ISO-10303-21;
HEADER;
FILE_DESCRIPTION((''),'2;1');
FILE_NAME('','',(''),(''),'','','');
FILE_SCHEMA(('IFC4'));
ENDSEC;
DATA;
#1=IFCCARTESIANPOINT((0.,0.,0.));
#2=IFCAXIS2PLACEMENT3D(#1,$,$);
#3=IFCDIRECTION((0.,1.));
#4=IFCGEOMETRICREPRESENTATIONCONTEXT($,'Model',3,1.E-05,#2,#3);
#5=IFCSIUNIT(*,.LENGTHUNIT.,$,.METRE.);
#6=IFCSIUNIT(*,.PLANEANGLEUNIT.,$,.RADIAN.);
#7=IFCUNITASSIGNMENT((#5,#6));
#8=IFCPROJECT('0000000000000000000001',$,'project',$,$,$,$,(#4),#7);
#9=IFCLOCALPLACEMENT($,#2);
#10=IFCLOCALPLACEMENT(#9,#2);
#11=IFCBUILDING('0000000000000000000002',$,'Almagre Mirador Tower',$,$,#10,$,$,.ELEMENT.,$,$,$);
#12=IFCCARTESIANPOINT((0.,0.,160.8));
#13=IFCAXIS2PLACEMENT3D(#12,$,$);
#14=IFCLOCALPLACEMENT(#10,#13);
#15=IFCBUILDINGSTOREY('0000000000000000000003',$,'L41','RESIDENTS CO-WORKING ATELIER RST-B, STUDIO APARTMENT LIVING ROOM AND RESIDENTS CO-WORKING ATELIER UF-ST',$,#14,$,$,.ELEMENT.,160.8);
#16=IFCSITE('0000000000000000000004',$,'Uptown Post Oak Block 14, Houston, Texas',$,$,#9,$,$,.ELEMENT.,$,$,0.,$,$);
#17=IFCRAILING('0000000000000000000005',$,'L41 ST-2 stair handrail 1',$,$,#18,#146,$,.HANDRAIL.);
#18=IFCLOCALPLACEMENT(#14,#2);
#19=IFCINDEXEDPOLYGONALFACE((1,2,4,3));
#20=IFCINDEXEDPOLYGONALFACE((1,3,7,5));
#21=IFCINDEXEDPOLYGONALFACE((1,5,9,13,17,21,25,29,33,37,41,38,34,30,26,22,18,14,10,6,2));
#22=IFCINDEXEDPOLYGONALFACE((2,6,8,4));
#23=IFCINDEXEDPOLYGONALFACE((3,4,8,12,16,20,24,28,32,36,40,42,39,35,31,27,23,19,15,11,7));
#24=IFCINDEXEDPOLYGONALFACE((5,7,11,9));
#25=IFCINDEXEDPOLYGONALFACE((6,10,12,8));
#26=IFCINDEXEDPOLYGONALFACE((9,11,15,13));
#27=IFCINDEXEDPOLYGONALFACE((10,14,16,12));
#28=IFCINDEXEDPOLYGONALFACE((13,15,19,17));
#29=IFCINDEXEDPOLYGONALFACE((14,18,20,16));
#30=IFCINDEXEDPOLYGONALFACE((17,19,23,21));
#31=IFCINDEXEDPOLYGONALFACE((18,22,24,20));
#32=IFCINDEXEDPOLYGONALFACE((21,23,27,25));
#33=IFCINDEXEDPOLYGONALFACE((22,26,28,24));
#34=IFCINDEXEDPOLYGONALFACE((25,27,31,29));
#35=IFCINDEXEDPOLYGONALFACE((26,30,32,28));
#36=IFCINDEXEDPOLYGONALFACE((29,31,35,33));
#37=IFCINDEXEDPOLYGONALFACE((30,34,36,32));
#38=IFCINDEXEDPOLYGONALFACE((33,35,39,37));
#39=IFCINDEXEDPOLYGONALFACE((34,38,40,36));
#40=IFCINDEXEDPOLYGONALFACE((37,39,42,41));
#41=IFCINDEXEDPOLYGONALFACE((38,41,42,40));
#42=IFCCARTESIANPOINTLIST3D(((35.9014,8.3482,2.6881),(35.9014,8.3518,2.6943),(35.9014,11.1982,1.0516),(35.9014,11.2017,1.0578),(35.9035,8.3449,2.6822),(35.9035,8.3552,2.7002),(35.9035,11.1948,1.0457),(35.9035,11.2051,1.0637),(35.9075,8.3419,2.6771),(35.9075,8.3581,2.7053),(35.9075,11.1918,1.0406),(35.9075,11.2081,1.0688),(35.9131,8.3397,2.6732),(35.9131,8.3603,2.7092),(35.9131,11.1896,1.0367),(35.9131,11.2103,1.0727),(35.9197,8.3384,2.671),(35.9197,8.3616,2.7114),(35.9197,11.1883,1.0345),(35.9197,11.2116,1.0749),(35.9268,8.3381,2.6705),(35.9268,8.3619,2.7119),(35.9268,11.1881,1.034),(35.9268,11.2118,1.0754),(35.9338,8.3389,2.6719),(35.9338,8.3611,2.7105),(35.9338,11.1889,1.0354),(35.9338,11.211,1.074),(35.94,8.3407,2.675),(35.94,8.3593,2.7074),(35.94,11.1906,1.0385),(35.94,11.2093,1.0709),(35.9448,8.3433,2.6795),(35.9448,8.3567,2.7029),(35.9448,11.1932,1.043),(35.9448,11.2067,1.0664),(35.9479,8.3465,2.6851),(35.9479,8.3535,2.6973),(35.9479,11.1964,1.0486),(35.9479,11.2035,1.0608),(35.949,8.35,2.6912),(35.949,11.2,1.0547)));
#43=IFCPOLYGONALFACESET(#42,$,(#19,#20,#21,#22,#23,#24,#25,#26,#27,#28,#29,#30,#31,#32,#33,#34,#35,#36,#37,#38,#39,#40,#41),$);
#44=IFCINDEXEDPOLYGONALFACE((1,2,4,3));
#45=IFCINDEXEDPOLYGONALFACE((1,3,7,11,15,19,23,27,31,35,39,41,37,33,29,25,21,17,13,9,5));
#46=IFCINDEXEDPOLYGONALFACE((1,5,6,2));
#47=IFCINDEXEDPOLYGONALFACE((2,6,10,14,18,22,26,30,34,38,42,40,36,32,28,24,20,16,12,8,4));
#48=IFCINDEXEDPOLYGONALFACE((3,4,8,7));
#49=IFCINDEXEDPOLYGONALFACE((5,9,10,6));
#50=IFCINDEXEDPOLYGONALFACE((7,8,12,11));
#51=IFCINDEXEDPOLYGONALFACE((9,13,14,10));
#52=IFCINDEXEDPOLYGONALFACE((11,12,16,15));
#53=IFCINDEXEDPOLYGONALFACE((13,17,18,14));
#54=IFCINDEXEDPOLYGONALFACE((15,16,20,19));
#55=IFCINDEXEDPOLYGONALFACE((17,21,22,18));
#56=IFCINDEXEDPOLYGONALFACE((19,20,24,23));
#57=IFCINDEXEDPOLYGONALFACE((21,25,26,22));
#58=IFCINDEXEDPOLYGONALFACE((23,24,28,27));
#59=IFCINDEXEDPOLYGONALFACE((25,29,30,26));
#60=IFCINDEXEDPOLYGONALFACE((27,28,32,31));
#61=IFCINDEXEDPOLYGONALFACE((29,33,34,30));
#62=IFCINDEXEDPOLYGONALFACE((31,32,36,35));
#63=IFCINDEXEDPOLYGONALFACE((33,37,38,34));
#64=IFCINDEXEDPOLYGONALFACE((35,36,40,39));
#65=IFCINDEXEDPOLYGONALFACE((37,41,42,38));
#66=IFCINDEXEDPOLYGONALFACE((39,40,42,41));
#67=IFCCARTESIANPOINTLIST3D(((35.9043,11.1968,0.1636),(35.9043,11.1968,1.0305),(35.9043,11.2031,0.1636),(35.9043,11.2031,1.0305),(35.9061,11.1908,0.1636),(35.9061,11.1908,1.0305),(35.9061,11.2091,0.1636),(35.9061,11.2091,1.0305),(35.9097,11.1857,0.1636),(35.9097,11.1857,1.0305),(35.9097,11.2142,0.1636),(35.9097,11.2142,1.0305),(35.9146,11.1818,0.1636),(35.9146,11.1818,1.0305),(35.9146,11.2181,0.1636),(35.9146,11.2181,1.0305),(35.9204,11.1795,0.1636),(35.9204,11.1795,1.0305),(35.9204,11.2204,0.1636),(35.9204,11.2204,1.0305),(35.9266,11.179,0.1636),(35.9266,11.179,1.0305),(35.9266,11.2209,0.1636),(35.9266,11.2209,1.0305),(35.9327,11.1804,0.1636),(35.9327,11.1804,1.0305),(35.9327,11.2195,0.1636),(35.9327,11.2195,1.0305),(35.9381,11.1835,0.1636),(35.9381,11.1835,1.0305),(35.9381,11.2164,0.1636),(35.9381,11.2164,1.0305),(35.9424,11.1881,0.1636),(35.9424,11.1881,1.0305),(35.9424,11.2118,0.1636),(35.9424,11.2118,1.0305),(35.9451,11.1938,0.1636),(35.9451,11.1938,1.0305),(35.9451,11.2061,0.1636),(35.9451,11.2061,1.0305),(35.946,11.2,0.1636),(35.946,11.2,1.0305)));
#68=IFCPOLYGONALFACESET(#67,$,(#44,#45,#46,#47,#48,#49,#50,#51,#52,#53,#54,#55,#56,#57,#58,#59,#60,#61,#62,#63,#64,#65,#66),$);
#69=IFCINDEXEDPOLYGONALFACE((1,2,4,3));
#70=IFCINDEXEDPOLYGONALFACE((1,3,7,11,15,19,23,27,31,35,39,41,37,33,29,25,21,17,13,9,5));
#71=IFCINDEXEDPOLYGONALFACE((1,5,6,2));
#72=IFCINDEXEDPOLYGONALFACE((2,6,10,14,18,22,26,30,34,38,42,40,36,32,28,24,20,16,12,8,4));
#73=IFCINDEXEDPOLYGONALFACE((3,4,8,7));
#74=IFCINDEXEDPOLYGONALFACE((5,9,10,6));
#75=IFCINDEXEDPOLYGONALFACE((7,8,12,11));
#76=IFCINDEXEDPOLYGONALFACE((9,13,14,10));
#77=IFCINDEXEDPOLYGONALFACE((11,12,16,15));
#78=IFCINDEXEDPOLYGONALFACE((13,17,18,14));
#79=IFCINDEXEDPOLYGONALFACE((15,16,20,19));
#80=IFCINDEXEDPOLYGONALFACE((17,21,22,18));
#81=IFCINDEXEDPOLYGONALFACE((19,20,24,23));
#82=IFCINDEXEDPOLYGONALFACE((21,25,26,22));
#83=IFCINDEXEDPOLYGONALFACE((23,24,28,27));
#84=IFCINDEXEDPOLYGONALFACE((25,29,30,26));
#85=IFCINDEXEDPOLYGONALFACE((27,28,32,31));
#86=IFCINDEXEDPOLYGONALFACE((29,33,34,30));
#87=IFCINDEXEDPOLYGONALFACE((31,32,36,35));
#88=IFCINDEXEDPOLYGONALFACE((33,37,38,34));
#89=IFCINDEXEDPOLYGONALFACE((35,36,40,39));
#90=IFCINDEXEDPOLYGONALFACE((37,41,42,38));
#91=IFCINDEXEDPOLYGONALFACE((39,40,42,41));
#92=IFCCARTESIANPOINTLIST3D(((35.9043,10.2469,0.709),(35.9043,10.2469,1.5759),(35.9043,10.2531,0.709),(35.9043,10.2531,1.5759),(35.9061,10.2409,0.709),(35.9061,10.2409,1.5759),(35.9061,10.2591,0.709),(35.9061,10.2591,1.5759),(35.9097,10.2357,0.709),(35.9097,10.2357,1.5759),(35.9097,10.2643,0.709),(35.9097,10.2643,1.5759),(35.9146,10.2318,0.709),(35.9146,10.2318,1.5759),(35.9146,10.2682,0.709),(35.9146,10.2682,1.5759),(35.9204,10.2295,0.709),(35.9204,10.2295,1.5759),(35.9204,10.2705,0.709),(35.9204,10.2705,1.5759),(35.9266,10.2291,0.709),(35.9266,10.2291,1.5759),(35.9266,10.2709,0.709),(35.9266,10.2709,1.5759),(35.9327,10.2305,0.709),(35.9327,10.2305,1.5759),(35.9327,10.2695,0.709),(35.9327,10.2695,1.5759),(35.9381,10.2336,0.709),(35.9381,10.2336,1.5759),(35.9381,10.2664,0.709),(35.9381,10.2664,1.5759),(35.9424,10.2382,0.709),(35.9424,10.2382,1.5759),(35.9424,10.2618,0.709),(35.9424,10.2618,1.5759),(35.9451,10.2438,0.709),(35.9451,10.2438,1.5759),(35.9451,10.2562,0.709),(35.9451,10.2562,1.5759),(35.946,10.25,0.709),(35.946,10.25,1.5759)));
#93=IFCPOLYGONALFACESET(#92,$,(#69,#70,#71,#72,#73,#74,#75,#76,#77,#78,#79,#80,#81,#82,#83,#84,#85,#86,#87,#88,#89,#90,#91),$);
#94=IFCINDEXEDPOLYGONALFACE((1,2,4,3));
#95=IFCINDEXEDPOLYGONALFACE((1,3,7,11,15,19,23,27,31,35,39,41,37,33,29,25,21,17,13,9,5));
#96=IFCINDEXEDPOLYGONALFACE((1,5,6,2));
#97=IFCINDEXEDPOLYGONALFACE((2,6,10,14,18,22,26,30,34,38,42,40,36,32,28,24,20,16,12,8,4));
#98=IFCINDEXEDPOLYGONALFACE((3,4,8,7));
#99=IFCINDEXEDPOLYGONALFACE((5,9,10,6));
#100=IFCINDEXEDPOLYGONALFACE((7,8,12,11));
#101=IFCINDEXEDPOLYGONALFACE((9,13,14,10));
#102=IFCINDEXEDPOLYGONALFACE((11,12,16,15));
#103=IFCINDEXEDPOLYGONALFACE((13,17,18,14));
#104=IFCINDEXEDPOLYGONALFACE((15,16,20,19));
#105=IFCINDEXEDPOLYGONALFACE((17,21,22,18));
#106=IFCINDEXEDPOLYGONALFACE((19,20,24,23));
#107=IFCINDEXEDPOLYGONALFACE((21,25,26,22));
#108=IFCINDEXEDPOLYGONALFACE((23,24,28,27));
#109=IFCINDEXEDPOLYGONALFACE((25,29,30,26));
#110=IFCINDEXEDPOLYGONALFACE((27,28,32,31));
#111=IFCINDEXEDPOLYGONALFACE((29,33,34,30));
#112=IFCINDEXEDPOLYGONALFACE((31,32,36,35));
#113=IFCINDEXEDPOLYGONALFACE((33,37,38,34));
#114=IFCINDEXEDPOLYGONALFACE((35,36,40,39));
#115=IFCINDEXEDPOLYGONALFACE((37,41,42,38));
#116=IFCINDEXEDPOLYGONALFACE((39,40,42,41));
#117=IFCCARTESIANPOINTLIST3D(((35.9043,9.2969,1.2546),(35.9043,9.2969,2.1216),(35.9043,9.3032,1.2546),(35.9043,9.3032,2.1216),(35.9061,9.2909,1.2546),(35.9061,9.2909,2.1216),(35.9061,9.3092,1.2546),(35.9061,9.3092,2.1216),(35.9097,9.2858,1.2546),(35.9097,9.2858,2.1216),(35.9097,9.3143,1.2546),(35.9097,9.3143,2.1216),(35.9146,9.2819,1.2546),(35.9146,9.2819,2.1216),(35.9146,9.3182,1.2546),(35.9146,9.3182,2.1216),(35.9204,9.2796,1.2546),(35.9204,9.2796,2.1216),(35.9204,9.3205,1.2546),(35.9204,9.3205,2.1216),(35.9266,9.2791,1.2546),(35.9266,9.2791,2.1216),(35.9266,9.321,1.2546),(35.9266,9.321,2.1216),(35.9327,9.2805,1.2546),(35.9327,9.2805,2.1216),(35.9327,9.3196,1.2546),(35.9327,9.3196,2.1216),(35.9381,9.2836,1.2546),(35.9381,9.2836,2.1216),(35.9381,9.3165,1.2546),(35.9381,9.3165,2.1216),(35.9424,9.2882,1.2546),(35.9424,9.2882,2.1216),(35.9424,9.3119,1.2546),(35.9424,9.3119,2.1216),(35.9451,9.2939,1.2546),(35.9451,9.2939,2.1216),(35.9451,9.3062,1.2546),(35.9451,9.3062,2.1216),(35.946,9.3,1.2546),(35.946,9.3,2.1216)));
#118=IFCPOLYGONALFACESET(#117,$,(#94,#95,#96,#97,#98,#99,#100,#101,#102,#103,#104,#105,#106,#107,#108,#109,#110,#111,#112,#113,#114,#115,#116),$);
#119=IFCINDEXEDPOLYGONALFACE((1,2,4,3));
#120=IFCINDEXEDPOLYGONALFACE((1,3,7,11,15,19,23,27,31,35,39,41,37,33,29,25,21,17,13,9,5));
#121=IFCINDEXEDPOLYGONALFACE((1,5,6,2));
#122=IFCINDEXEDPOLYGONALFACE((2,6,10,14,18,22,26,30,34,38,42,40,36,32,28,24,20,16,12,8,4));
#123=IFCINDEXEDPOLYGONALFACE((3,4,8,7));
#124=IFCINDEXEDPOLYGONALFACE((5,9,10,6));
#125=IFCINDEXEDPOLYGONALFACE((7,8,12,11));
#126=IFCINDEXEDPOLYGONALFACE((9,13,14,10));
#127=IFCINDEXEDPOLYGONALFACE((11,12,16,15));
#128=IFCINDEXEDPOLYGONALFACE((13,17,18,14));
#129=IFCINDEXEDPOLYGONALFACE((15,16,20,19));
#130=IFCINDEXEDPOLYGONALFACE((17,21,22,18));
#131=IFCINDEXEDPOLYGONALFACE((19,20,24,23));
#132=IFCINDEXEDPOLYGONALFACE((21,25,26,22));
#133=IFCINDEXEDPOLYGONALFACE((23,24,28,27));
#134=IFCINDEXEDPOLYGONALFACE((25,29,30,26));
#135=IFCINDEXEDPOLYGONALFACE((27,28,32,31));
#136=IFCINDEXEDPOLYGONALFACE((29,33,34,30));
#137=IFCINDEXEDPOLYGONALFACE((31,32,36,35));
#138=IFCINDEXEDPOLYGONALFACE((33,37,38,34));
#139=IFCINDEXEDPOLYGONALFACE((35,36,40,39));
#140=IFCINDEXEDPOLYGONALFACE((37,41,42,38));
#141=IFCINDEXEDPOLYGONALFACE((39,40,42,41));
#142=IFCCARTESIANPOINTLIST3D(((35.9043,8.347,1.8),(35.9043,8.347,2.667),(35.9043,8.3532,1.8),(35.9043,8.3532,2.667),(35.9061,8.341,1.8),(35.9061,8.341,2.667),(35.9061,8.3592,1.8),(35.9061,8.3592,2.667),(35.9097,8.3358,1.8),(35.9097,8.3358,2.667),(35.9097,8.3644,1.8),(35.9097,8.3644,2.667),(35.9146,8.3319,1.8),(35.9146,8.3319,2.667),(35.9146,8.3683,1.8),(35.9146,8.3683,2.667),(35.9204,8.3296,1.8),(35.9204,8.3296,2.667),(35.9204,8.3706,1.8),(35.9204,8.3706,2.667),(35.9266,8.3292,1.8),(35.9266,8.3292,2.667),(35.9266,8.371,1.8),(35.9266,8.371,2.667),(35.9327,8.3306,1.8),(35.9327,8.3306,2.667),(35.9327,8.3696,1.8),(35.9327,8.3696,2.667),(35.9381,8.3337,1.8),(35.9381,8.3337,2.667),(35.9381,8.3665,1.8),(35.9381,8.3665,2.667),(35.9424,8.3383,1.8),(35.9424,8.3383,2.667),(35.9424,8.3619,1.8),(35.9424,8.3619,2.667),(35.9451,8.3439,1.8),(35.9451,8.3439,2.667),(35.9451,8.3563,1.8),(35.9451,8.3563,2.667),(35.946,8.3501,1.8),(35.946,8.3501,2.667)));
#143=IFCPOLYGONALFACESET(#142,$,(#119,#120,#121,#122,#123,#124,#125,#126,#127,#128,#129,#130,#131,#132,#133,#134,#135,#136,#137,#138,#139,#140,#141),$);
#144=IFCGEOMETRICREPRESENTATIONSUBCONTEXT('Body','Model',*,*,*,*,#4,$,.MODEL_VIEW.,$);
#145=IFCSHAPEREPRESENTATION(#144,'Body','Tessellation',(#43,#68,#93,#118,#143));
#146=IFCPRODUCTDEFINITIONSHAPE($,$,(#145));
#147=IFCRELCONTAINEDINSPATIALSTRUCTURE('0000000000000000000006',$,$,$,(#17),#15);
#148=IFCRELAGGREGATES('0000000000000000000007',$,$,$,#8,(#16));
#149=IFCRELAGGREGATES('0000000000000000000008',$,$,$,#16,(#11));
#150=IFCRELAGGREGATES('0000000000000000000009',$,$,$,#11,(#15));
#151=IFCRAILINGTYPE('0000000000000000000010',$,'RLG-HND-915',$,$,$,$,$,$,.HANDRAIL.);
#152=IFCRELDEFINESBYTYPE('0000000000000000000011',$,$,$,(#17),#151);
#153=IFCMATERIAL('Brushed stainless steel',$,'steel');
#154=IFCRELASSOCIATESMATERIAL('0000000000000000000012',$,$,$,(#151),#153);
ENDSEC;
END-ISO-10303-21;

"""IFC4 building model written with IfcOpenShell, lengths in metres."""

from ifc_helpers import new_model, si_unit, direction, frame, origin, origin_2d, place, context, subcontext, project, spatial, circle, extrude, material, type_object, element, save


model = new_model("IFC4")

# Units and contexts
model_context = context("Model", 3, precision=1e-05, world=origin(), true_north=direction((0.0, 1.0)))
body_context = subcontext(model_context, "Body", "Model", "MODEL_VIEW")
ifc_project = project(units=[si_unit("LENGTHUNIT", "METRE"), si_unit("PLANEANGLEUNIT", "RADIAN")], contexts=[model_context])

# Site, building, storey
site_placement = place(None, origin())
site = spatial("IfcSite", under=ifc_project, at=site_placement, Name="Uptown Post Oak Block 14, Houston, Texas", CompositionType="ELEMENT", RefElevation=0.0)
building_placement = place(site_placement, origin())
building = spatial("IfcBuilding", under=site, at=building_placement, Name="Almagre Mirador Tower", CompositionType="ELEMENT")
storey_placement = place(building_placement, frame((0.0, 0.0, 160.8)))
storey = spatial("IfcBuildingStorey", under=building, at=storey_placement, Name="L41", Description="RESIDENTS CO-WORKING ATELIER RST-B, STUDIO APARTMENT LIVING ROOM AND RESIDENTS CO-WORKING ATELIER UF-ST", CompositionType="ELEMENT", Elevation=160.8)

# Railing
ifc_material_1 = material(Name="Brushed stainless steel", Category="steel")
railing_type_1 = type_object("IfcRailingType", Name="RLG-HND-915", PredefinedType="HANDRAIL", material=ifc_material_1)
railing_1_placement = place(storey_placement, frame((35.925, 11.2, 0.1636)))
element("IfcRailing", 1, at=railing_1_placement, inside=storey, type_object=railing_type_1, Name="L41 ST-2 stair handrail 1", PredefinedType="HANDRAIL", context=body_context, shape_type="SweptSolid", body=[
    extrude(circle(Radius=0.0239, at=origin_2d()), frame((0.0, 0.0, 0.8911), z_axis=(0.0, -0.867194, 0.49797), x_axis=(1.0, 0.0, 0.0)), (0.0, 0.0, 1.0), 3.2864),
    extrude(circle(Radius=0.021, at=origin_2d()), origin(), (0.0, 0.0, 1.0), 0.8669),
    extrude(circle(Radius=0.021, at=origin_2d()), frame((0.0, -0.95, 0.5454)), (0.0, 0.0, 1.0), 0.8669),
    extrude(circle(Radius=0.021, at=origin_2d()), frame((0.0, -1.8999, 1.0911)), (0.0, 0.0, 1.0), 0.8669),
    extrude(circle(Radius=0.021, at=origin_2d()), frame((0.0, -2.8499, 1.6365)), (0.0, 0.0, 1.0), 0.8669),
])

save(model, "model.ifc")
